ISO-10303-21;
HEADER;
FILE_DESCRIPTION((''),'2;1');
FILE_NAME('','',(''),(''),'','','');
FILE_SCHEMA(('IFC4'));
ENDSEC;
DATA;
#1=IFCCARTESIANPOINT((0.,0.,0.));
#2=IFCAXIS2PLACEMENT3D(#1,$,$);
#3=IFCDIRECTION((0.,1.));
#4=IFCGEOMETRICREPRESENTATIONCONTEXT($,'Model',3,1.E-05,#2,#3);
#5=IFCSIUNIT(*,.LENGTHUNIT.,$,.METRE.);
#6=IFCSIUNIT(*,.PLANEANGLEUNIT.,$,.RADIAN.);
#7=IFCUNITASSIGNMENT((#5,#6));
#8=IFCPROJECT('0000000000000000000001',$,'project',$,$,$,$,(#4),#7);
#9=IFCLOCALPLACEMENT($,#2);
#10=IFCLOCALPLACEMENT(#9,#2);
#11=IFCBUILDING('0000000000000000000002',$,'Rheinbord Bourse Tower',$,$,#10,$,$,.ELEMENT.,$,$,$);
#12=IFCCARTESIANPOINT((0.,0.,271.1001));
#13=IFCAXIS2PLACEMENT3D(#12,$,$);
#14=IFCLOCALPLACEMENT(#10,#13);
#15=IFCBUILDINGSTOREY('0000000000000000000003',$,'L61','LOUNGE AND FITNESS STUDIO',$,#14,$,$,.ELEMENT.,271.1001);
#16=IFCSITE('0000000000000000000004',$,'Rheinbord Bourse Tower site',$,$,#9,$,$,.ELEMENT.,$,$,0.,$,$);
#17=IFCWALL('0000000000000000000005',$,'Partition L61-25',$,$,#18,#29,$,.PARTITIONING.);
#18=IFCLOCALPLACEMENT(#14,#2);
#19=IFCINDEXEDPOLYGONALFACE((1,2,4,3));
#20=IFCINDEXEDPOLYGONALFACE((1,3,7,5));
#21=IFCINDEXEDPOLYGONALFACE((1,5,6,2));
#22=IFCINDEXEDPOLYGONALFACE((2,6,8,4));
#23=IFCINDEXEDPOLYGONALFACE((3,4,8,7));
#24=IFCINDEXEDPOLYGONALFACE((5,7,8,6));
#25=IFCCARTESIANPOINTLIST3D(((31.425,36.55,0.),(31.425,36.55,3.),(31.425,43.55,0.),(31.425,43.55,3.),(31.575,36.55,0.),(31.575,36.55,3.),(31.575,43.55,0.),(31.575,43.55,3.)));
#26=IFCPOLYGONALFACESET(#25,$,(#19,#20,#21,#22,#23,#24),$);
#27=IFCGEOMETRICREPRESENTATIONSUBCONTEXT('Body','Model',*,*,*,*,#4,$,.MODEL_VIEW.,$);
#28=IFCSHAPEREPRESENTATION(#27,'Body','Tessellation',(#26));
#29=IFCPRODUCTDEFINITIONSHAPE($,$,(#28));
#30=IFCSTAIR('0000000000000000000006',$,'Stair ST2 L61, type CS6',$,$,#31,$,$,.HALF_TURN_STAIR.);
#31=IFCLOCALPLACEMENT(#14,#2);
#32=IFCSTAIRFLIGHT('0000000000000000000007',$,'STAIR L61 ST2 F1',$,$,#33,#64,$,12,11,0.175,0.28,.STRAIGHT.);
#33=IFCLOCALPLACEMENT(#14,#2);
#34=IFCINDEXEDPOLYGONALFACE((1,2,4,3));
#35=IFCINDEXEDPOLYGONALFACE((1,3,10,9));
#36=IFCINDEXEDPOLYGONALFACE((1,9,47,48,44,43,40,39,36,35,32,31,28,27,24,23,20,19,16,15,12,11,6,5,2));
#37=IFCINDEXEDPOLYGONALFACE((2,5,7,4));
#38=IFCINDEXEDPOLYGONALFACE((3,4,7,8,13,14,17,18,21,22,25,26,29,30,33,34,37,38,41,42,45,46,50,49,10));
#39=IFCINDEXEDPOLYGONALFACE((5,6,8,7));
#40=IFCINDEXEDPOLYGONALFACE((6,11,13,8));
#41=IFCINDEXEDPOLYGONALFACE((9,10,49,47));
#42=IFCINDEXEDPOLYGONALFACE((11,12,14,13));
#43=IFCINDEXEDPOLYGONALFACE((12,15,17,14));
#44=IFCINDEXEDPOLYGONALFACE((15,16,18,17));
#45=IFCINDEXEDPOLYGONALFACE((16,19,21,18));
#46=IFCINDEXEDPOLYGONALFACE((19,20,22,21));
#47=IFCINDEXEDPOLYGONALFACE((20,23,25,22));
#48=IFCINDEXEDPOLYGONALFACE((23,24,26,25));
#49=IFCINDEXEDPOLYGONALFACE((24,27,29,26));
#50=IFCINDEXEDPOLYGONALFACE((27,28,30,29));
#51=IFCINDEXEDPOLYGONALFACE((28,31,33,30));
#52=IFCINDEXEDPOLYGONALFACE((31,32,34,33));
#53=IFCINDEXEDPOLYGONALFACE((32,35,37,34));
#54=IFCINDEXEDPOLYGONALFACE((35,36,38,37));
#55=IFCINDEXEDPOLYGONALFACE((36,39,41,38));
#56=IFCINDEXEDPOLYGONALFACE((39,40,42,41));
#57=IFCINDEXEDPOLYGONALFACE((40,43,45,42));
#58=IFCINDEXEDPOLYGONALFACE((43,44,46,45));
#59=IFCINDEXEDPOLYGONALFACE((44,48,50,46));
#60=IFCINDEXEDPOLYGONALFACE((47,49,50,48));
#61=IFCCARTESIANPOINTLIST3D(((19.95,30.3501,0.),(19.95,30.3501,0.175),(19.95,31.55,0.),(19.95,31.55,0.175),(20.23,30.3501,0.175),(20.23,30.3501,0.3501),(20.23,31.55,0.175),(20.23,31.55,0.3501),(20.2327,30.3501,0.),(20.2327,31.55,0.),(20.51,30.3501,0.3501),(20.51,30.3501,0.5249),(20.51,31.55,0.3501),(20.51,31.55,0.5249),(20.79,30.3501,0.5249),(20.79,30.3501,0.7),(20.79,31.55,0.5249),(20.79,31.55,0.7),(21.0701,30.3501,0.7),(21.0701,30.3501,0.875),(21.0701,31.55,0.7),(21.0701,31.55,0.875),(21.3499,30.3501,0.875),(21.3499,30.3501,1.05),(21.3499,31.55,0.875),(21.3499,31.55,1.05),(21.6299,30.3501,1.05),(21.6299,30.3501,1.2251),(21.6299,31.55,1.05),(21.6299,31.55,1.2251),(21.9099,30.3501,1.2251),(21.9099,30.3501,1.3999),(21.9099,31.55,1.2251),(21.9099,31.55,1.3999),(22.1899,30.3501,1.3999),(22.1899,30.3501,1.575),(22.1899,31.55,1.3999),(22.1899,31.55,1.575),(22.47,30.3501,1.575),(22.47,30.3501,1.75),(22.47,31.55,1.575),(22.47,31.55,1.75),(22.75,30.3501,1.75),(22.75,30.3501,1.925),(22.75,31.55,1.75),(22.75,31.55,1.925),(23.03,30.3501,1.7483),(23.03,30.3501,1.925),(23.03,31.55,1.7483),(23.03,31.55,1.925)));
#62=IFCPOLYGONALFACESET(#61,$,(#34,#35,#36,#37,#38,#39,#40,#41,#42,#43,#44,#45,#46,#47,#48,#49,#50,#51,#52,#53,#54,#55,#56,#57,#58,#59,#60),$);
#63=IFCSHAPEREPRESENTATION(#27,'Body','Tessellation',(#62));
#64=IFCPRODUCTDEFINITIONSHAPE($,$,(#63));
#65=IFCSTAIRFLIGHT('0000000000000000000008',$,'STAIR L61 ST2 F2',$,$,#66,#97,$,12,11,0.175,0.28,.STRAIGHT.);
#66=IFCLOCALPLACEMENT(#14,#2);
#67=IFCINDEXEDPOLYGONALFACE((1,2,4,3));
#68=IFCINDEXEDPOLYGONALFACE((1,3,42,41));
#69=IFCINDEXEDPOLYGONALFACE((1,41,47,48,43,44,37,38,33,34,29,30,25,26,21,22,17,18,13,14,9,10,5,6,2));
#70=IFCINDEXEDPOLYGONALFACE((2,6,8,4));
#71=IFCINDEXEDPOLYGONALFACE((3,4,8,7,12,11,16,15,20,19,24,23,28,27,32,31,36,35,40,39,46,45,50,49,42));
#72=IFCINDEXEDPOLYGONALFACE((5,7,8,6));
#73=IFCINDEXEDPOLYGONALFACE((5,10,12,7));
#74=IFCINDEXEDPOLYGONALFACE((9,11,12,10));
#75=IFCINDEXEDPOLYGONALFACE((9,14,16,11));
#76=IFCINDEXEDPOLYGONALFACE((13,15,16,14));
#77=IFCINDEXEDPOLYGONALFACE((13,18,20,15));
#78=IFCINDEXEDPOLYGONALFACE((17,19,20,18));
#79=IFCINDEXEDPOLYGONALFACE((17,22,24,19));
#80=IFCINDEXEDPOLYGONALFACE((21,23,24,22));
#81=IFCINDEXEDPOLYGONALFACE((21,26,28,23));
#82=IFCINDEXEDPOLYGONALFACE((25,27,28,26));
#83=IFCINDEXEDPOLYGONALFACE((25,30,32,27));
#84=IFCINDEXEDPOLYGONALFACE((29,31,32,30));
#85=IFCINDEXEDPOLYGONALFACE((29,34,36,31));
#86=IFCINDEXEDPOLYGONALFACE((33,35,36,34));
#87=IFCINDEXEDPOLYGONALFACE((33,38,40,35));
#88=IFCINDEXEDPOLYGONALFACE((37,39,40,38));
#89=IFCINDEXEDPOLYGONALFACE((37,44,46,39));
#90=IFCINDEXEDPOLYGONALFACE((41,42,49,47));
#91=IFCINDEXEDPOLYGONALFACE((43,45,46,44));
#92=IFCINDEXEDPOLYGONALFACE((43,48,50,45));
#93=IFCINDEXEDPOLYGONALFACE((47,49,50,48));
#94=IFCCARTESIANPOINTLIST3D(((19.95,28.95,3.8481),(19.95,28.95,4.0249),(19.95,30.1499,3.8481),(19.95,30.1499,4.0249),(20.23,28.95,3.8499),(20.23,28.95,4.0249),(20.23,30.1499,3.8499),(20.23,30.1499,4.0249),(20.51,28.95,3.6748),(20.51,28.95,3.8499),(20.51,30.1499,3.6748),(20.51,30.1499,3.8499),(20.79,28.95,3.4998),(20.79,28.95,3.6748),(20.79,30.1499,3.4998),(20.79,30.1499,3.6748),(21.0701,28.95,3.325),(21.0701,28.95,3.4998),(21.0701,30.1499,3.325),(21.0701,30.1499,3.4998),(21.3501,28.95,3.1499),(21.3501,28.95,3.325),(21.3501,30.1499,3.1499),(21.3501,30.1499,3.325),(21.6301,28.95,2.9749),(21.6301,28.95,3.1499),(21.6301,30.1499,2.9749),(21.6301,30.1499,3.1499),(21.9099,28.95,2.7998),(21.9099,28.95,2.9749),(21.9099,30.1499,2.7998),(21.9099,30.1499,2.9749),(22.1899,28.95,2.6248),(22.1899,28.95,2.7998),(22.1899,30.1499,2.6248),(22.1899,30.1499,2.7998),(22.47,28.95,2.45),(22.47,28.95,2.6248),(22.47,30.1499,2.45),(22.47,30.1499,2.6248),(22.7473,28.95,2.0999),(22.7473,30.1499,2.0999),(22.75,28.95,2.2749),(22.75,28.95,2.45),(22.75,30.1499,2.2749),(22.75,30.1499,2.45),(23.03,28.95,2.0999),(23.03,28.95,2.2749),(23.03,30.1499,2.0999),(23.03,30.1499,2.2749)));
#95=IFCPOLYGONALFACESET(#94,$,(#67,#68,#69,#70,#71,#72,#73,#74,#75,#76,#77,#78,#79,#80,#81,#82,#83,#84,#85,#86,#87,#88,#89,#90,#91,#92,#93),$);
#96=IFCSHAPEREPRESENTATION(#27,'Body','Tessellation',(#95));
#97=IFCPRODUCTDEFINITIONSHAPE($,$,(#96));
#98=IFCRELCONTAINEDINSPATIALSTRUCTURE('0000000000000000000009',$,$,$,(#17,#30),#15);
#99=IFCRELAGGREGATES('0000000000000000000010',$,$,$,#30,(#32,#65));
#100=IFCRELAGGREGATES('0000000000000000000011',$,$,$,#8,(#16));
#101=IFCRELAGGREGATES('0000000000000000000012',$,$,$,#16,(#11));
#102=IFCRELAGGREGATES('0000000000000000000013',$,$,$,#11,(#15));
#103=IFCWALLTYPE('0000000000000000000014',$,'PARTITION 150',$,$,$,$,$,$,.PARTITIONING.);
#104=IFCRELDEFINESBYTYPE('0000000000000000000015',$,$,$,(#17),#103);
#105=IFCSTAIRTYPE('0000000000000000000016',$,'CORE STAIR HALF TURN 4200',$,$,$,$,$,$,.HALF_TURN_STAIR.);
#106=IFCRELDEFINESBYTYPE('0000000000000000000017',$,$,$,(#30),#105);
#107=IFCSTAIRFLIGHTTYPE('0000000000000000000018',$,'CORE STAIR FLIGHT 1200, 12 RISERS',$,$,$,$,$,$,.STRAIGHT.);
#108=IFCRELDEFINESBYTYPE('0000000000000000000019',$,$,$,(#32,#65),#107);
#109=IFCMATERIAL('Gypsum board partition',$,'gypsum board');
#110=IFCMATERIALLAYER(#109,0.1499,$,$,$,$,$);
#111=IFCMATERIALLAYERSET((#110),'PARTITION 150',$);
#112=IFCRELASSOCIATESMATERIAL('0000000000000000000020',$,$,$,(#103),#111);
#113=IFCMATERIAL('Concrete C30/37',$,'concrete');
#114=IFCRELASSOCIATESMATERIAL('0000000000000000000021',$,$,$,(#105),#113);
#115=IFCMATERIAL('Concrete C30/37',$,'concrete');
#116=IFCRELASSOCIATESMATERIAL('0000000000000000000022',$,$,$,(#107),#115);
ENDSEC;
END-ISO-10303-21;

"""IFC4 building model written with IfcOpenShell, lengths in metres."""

from ifc_helpers import new_model, si_unit, direction, frame, frame_2d, origin, place, context, subcontext, project, spatial, polyline, rectangle, outline, extrude, material, layer, layer_set, type_object, element, aggregate, save


model = new_model("IFC4")

# Units and contexts
model_context = context("Model", 3, precision=1e-05, world=origin(), true_north=direction((0.0, 1.0)))
body_context = subcontext(model_context, "Body", "Model", "MODEL_VIEW")
ifc_project = project(units=[si_unit("LENGTHUNIT", "METRE"), si_unit("PLANEANGLEUNIT", "RADIAN")], contexts=[model_context])

# Site, building, storey
site_placement = place(None, origin())
site = spatial("IfcSite", under=ifc_project, at=site_placement, Name="Rheinbord Bourse Tower site", CompositionType="ELEMENT", RefElevation=0.0)
building_placement = place(site_placement, origin())
building = spatial("IfcBuilding", under=site, at=building_placement, Name="Rheinbord Bourse Tower", CompositionType="ELEMENT")
storey_placement = place(building_placement, frame((0.0, 0.0, 271.1001)))
storey = spatial("IfcBuildingStorey", under=building, at=storey_placement, Name="L61", Description="LOUNGE AND FITNESS STUDIO", CompositionType="ELEMENT", Elevation=271.1001)

# Shared definitions
ifc_material_1 = material(Name="Gypsum board partition", Category="gypsum board")
ifc_layer_1 = layer(ifc_material_1, 0.1499)
ifc_layer_set_1 = layer_set([ifc_layer_1], Name="PARTITION 150")
wall_type_1 = type_object("IfcWallType", Name="PARTITION 150", PredefinedType="PARTITIONING", material=ifc_layer_set_1)

# Wall
wall_1_placement = place(storey_placement, frame((31.5, 36.55, 0.0), z_axis=(0.0, 0.0, 1.0), x_axis=(0.0, 1.0, 0.0)))
element("IfcWall", 1, at=wall_1_placement, inside=storey, type_object=wall_type_1, Name="Partition L61-25", PredefinedType="PARTITIONING", context=body_context, shape_type="SweptSolid", body=[
    extrude(rectangle(XDim=7.0, YDim=0.1499, at=frame_2d((3.5, 0.0))), origin(), (0.0, 0.0, 1.0), 3.0),
])

# Stair, stair flights
ifc_material_2 = material(Name="Concrete C30/37", Category="concrete")
stair_type = type_object("IfcStairType", Name="CORE STAIR HALF TURN 4200", PredefinedType="HALF_TURN_STAIR", material=ifc_material_2)
stair_placement = place(storey_placement, origin())
stair = element("IfcStair", 2, at=stair_placement, inside=storey, type_object=stair_type, Name="Stair ST2 L61, type CS6", PredefinedType="HALF_TURN_STAIR")
ifc_material_3 = material(Name="Concrete C30/37", Category="concrete")
stair_flight_type = type_object("IfcStairFlightType", Name="CORE STAIR FLIGHT 1200, 12 RISERS", PredefinedType="STRAIGHT", material=ifc_material_3)
stair_flight_1_placement = place(storey_placement, frame((19.95, 30.95, 0.0), z_axis=(0.0, 0.0, 1.0), x_axis=(1.0, 0.0, 0.0)))
stair_flight_1 = element("IfcStairFlight", 3, at=stair_flight_1_placement, type_object=stair_flight_type, Name="STAIR L61 ST2 F1", NumberOfRisers=12, NumberOfTreads=11, PredefinedType="STRAIGHT", RiserHeight=0.175, TreadLength=0.28, context=body_context, shape_type="SweptSolid", body=[
    extrude(outline(polyline([(0.0, 0.0), (0.0, 0.175), (0.28, 0.175), (0.28, 0.3501), (0.5601, 0.3501), (0.5601, 0.5249), (0.8401, 0.5249), (0.8401, 0.7), (1.1201, 0.7), (1.1201, 0.875), (1.3999, 0.875), (1.3999, 1.05), (1.6799, 1.05), (1.6799, 1.2251), (1.96, 1.2251), (1.96, 1.3999), (2.24, 1.3999), (2.24, 1.575), (2.52, 1.575), (2.52, 1.75), (2.8, 1.75), (2.8, 1.925), (3.0801, 1.925), (3.0801, 2.1001), (3.0801, 1.7483), (0.2827, 0.0), (0.0, 0.0)])), frame((0.0, 0.6001, 0.0), z_axis=(0.0, -1.0, 0.0), x_axis=(1.0, 0.0, 0.0)), (0.0, 0.0, 1.0), 1.2),
])
stair_flight_2_placement = place(storey_placement, frame((23.03, 29.55, 2.0999), z_axis=(0.0, 0.0, 1.0), x_axis=(-1.0, 0.0, 0.0)))
stair_flight_2 = element("IfcStairFlight", 4, at=stair_flight_2_placement, type_object=stair_flight_type, Name="STAIR L61 ST2 F2", NumberOfRisers=12, NumberOfTreads=11, PredefinedType="STRAIGHT", RiserHeight=0.175, TreadLength=0.28, context=body_context, shape_type="SweptSolid", body=[
    extrude(outline(polyline([(0.0, 0.0), (0.0, 0.175), (0.28, 0.175), (0.28, 0.3501), (0.5601, 0.3501), (0.5601, 0.5249), (0.8401, 0.5249), (0.8401, 0.7), (1.1201, 0.7), (1.1201, 0.875), (1.3999, 0.875), (1.3999, 1.05), (1.6799, 1.05), (1.6799, 1.2251), (1.96, 1.2251), (1.96, 1.3999), (2.24, 1.3999), (2.24, 1.575), (2.52, 1.575), (2.52, 1.75), (2.8, 1.75), (2.8, 1.925), (3.0801, 1.925), (3.0801, 2.1001), (3.0801, 1.7483), (0.2827, 0.0), (0.0, 0.0)])), frame((0.0, 0.6001, 0.0), z_axis=(0.0, -1.0, 0.0), x_axis=(1.0, 0.0, 0.0)), (0.0, 0.0, 1.0), 1.2),
])
aggregate(stair, [stair_flight_1, stair_flight_2])

save(model, "model.ifc")
